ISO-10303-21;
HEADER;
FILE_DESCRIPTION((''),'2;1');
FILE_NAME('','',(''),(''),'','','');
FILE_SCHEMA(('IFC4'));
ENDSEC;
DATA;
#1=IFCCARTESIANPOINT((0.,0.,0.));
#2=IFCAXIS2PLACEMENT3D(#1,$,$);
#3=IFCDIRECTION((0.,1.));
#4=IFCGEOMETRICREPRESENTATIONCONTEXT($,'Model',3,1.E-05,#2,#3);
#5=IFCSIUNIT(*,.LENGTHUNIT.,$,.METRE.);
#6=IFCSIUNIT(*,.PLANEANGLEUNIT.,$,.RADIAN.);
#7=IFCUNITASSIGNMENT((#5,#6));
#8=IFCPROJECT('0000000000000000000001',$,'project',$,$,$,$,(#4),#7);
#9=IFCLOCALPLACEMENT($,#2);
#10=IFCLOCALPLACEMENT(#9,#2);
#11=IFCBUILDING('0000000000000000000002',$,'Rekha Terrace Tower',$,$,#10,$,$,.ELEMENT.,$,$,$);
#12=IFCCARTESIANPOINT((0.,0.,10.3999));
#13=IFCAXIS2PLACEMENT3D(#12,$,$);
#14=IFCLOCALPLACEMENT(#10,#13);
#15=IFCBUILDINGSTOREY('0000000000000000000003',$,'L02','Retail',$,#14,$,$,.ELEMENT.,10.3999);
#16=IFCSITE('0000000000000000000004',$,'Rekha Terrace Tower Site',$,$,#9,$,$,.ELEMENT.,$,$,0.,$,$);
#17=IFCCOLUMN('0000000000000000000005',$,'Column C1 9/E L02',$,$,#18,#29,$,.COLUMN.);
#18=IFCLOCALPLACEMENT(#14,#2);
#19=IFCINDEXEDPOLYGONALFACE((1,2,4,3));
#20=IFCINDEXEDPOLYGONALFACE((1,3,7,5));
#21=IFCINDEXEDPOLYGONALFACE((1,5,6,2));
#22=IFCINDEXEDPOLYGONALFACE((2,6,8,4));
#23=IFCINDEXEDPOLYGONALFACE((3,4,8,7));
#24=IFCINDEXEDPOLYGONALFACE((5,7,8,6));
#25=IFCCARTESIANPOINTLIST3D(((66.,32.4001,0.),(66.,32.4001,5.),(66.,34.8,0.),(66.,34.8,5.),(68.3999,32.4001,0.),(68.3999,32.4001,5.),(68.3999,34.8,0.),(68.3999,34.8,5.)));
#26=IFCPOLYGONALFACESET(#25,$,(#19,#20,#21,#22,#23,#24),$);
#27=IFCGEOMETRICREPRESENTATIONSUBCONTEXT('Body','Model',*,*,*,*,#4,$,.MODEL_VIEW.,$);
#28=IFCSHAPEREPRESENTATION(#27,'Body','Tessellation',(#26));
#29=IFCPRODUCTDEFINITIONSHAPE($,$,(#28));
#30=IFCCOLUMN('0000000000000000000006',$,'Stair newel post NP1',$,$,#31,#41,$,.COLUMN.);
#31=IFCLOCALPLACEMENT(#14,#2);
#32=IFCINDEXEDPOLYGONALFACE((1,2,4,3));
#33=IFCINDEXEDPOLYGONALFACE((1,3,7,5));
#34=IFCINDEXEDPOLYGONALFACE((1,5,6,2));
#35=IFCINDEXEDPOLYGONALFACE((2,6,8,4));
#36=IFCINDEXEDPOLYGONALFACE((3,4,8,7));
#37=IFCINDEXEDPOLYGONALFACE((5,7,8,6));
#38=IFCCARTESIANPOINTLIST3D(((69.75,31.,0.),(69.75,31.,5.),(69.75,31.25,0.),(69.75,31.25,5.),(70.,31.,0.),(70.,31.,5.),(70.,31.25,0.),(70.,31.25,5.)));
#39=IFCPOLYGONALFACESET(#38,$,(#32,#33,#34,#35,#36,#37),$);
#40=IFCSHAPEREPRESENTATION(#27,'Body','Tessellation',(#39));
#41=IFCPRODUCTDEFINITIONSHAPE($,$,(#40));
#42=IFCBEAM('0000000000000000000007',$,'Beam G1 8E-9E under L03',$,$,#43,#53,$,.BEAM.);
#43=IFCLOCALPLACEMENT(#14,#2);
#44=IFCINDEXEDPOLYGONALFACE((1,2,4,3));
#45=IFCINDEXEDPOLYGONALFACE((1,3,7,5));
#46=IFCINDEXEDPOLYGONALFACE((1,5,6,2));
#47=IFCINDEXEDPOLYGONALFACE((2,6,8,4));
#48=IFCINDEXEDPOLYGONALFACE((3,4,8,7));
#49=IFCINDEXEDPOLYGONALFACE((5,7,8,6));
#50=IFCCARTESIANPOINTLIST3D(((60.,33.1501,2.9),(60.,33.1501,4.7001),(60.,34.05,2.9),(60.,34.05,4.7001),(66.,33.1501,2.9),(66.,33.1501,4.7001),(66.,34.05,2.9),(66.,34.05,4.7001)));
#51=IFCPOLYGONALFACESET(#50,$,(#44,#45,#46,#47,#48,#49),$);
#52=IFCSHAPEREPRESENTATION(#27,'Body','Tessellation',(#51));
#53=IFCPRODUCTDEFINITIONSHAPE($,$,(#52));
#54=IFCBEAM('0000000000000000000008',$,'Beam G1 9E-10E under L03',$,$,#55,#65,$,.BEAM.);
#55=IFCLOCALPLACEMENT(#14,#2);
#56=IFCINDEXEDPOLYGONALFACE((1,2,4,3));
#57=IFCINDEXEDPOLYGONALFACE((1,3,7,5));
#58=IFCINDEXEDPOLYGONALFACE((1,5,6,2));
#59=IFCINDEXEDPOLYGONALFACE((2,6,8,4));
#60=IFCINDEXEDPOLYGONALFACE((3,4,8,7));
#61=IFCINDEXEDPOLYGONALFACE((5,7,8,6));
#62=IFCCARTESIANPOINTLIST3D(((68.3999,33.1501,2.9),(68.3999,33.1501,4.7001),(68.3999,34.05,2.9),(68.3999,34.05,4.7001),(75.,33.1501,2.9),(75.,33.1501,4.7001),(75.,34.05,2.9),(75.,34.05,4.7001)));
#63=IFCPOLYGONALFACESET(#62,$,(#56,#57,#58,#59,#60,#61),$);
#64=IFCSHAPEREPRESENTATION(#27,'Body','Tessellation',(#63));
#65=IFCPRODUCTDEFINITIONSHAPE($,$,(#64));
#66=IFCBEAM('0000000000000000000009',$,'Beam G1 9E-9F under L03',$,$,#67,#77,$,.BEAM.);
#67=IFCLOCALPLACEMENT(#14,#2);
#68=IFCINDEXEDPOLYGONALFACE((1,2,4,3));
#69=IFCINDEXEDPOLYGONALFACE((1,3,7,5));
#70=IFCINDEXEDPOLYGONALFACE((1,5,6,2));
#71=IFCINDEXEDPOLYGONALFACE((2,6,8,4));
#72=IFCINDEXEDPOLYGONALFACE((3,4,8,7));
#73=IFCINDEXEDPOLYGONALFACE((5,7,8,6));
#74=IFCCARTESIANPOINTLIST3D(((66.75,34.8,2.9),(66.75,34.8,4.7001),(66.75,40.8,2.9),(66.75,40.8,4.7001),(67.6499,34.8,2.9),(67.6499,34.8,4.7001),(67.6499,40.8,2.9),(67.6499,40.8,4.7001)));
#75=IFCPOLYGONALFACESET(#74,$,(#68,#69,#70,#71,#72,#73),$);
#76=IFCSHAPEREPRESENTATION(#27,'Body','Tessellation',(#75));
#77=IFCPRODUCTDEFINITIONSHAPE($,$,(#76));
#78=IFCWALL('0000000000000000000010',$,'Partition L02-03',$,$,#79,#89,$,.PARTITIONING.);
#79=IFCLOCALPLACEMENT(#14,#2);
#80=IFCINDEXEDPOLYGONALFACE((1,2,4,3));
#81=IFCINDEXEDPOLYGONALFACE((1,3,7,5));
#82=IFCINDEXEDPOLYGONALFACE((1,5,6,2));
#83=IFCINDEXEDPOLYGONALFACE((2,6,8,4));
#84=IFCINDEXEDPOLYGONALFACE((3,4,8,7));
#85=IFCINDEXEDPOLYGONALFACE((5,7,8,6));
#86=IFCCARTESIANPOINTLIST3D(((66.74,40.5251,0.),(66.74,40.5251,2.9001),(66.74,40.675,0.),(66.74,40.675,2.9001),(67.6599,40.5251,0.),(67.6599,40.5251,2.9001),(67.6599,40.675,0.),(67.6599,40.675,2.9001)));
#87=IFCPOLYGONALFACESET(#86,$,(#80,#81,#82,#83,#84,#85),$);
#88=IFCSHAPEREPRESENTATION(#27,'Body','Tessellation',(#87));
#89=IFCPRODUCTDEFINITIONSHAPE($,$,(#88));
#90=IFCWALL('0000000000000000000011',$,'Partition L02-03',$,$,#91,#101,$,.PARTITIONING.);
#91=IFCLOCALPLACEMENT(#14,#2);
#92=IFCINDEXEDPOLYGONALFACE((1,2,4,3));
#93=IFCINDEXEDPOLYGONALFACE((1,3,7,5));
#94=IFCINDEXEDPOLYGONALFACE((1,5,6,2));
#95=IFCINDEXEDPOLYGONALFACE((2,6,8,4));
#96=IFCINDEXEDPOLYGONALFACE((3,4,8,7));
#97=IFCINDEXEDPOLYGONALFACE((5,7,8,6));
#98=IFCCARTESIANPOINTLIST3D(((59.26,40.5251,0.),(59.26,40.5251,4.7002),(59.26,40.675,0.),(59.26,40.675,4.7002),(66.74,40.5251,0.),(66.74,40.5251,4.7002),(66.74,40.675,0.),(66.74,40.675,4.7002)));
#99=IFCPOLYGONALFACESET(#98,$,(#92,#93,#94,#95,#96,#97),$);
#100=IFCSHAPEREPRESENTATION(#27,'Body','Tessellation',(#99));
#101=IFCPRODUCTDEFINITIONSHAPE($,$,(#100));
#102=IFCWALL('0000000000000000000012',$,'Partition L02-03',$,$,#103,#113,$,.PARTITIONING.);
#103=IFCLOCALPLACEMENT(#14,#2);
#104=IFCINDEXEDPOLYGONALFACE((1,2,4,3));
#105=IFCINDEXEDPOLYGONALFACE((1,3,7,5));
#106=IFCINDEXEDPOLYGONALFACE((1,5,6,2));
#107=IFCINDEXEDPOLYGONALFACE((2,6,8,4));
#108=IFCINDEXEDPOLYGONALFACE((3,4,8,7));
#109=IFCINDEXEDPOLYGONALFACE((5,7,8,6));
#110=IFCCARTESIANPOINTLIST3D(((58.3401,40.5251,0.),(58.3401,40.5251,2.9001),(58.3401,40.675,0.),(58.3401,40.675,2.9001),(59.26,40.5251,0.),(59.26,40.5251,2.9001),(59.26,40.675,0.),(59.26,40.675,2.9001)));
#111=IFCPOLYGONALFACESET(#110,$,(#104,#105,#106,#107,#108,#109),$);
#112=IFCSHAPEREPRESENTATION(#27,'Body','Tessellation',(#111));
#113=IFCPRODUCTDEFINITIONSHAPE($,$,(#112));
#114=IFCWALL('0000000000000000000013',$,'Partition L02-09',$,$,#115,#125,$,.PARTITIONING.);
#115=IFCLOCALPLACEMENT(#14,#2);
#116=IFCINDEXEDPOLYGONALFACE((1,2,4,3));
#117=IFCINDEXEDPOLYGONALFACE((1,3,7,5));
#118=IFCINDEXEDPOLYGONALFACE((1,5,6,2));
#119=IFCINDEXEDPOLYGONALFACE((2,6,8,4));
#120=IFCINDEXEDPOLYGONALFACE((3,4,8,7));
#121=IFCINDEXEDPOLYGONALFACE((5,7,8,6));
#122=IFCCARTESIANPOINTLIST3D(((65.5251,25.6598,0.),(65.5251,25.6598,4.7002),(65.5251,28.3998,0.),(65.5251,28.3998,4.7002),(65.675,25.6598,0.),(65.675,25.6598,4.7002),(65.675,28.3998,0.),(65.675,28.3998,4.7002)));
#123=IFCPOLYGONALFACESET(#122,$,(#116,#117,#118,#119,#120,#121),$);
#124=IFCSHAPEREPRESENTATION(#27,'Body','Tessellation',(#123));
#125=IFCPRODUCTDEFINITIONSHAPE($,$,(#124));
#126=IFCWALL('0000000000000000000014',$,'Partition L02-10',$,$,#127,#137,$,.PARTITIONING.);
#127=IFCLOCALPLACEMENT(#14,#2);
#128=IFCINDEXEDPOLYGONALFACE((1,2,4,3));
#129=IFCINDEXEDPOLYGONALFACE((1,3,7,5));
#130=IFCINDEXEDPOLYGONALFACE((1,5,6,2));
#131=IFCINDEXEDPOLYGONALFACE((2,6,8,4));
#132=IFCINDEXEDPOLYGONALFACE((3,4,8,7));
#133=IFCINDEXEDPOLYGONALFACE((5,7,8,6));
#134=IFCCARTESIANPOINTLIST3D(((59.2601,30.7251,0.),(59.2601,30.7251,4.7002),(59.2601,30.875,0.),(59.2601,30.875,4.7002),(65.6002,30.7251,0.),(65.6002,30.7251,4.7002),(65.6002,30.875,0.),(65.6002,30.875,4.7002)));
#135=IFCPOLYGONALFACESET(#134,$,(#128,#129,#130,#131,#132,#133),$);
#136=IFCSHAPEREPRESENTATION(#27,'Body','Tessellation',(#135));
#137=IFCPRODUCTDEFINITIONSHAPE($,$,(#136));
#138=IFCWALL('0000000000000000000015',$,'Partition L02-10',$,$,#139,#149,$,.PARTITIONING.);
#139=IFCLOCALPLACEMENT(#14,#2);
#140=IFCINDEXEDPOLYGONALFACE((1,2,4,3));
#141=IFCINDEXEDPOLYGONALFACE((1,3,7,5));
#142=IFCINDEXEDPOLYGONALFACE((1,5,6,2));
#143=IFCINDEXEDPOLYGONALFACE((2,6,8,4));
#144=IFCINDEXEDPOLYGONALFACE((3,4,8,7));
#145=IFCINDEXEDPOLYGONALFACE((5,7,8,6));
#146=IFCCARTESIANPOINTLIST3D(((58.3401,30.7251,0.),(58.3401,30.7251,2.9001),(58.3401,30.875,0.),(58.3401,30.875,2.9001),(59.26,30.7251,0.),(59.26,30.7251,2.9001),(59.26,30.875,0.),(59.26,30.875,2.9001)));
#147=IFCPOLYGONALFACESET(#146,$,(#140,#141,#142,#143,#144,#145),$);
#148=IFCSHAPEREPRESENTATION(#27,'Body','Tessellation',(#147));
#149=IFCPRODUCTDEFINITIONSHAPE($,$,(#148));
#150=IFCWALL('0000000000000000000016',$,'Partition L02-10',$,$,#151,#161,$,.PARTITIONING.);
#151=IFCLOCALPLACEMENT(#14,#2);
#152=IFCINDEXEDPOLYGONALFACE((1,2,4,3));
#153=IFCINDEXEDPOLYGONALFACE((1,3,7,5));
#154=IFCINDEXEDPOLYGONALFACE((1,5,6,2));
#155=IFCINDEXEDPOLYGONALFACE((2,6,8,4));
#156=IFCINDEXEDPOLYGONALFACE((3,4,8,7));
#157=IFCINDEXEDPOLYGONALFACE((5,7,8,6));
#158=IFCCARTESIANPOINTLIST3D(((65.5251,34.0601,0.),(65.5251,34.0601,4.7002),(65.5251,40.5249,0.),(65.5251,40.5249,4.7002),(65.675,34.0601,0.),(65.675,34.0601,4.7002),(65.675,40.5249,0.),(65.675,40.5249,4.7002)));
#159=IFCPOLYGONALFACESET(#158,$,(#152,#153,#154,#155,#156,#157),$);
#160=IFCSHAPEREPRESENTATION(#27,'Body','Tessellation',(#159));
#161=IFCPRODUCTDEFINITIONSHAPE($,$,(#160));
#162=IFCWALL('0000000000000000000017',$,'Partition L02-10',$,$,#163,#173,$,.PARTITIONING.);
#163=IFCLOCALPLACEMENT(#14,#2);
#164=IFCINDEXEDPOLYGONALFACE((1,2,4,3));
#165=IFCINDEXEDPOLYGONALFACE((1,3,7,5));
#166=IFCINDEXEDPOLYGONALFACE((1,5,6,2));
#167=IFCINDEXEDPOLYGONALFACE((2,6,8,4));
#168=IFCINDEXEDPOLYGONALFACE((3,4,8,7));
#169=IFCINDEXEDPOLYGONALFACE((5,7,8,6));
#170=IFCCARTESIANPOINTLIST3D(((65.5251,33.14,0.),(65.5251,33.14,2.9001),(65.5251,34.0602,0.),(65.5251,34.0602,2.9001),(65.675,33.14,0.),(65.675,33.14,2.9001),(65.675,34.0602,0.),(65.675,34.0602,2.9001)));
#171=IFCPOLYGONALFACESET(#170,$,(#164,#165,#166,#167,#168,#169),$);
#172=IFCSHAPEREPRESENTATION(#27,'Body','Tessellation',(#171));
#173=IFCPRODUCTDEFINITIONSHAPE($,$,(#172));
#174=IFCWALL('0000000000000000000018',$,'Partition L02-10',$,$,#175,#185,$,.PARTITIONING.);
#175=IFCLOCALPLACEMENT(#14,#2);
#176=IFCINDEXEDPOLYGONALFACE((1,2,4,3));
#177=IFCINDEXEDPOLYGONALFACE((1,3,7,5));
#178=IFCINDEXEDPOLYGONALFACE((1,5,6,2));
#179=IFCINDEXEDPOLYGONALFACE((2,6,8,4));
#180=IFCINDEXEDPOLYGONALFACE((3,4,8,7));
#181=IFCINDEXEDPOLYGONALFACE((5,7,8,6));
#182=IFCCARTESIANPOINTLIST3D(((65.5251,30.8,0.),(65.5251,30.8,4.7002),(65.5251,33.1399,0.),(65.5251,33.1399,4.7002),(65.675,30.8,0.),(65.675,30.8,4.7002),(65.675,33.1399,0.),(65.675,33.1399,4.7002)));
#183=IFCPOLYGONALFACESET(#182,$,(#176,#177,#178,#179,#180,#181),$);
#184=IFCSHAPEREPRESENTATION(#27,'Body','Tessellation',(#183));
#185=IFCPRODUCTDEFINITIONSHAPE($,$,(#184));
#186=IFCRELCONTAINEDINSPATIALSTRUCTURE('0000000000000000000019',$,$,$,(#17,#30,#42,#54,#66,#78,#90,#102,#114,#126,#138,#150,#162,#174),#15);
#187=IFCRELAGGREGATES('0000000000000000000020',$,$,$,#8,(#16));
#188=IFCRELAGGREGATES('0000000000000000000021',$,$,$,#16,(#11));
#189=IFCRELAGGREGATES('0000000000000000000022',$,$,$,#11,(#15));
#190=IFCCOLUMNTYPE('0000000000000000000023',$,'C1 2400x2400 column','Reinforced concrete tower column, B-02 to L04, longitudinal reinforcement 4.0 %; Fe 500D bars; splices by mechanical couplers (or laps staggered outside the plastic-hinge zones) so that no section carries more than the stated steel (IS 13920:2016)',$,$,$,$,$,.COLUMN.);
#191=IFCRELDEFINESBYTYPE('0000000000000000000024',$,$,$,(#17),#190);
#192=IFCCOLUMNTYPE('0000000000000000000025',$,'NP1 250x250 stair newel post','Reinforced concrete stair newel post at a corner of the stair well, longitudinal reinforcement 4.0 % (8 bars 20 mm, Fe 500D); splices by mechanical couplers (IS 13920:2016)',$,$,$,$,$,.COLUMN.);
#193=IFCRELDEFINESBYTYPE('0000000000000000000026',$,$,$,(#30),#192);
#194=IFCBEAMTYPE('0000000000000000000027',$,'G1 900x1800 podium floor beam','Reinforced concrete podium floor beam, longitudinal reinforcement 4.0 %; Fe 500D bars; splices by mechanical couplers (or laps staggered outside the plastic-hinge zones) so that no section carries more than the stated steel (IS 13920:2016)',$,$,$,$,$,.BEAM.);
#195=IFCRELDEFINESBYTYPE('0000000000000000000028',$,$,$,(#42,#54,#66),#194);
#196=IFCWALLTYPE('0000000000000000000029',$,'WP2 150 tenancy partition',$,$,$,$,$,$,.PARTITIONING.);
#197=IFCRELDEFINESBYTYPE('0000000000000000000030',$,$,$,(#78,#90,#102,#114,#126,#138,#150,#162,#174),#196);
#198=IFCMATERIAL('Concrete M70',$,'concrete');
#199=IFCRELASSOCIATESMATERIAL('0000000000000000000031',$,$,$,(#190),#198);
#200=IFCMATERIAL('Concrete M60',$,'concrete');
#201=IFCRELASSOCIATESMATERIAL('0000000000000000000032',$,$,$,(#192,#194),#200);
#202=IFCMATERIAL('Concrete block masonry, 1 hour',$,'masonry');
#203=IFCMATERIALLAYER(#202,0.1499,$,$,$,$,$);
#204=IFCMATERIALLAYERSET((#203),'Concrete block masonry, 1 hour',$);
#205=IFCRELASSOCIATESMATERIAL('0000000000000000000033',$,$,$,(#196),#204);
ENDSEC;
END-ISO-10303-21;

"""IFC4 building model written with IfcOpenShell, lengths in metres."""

from ifc_helpers import new_model, si_unit, direction, frame, frame_2d, origin, origin_2d, place, context, subcontext, project, spatial, rectangle, extrude, material, layer, layer_set, material_profile, profile_set, type_object, element, save


model = new_model("IFC4")

# Units and contexts
model_context = context("Model", 3, precision=1e-05, world=origin(), true_north=direction((0.0, 1.0)))
body_context = subcontext(model_context, "Body", "Model", "MODEL_VIEW")
ifc_project = project(units=[si_unit("LENGTHUNIT", "METRE"), si_unit("PLANEANGLEUNIT", "RADIAN")], contexts=[model_context])

# Site, building, storey
site_placement = place(None, origin())
site = spatial("IfcSite", under=ifc_project, at=site_placement, Name="Rekha Terrace Tower Site", CompositionType="ELEMENT", RefElevation=0.0)
building_placement = place(site_placement, origin())
building = spatial("IfcBuilding", under=site, at=building_placement, Name="Rekha Terrace Tower", CompositionType="ELEMENT")
storey_placement = place(building_placement, frame((0.0, 0.0, 10.3999)))
storey = spatial("IfcBuildingStorey", under=building, at=storey_placement, Name="L02", Description="Retail", CompositionType="ELEMENT", Elevation=10.3999)

# Columns
ifc_material_1 = material(Name="Concrete M70", Category="concrete")
ifc_material_profile_1 = material_profile(ifc_material_1, rectangle(XDim=2.3999, YDim=2.3999, at=origin_2d()), Name="RC 2400x2400")
ifc_profile_set_1 = profile_set([ifc_material_profile_1], Name="Concrete M70")
column_type_1 = type_object("IfcColumnType", Name="C1 2400x2400 column", Description="Reinforced concrete tower column, B-02 to L04, longitudinal reinforcement 4.0 %; Fe 500D bars; splices by mechanical couplers (or laps staggered outside the plastic-hinge zones) so that no section carries more than the stated steel (IS 13920:2016)", PredefinedType="COLUMN", material=ifc_profile_set_1)
column_1_placement = place(storey_placement, frame((67.2, 33.6001, 0.0), z_axis=(0.0, 0.0, 1.0), x_axis=(1.0, 0.0, 0.0)))
element("IfcColumn", 1, at=column_1_placement, inside=storey, type_object=column_type_1, Name="Column C1 9/E L02", PredefinedType="COLUMN", context=body_context, shape_type="SweptSolid", body=[
    extrude(rectangle(XDim=2.3999, YDim=2.3999, at=origin_2d()), origin(), (0.0, 0.0, 1.0), 5.0),
])
ifc_material_2 = material(Name="Concrete M60", Category="concrete")
ifc_material_profile_2 = material_profile(ifc_material_2, rectangle(XDim=0.25, YDim=0.25, at=origin_2d()), Name="RC 250x250")
ifc_profile_set_2 = profile_set([ifc_material_profile_2], Name="Concrete M60")
column_type_2 = type_object("IfcColumnType", Name="NP1 250x250 stair newel post", Description="Reinforced concrete stair newel post at a corner of the stair well, longitudinal reinforcement 4.0 % (8 bars 20 mm, Fe 500D); splices by mechanical couplers (IS 13920:2016)", PredefinedType="COLUMN", material=ifc_profile_set_2)
column_2_placement = place(storey_placement, frame((69.875, 31.125, 0.0), z_axis=(0.0, 0.0, 1.0), x_axis=(1.0, 0.0, 0.0)))
element("IfcColumn", 2, at=column_2_placement, inside=storey, type_object=column_type_2, Name="Stair newel post NP1", PredefinedType="COLUMN", context=body_context, shape_type="SweptSolid", body=[
    extrude(rectangle(XDim=0.25, YDim=0.25, at=origin_2d()), origin(), (0.0, 0.0, 1.0), 5.0),
])

# Beams
ifc_material_profile_3 = material_profile(ifc_material_2, rectangle(XDim=0.8999, YDim=1.8, at=origin_2d()), Name="RC 900x1800")
ifc_profile_set_3 = profile_set([ifc_material_profile_3], Name="Concrete M60")
beam_type = type_object("IfcBeamType", Name="G1 900x1800 podium floor beam", Description="Reinforced concrete podium floor beam, longitudinal reinforcement 4.0 %; Fe 500D bars; splices by mechanical couplers (or laps staggered outside the plastic-hinge zones) so that no section carries more than the stated steel (IS 13920:2016)", PredefinedType="BEAM", material=ifc_profile_set_3)
beam_1_placement = place(storey_placement, frame((60.0, 33.6001, 3.8), z_axis=(1.0, 0.0, 0.0), x_axis=(0.0, 1.0, 0.0)))
element("IfcBeam", 3, at=beam_1_placement, inside=storey, type_object=beam_type, Name="Beam G1 8E-9E under L03", PredefinedType="BEAM", context=body_context, shape_type="SweptSolid", body=[
    extrude(rectangle(XDim=0.8999, YDim=1.8, at=origin_2d()), origin(), (0.0, 0.0, 1.0), 6.0),
])
beam_2_placement = place(storey_placement, frame((68.3999, 33.6001, 3.8), z_axis=(1.0, 0.0, 0.0), x_axis=(0.0, 1.0, 0.0)))
element("IfcBeam", 4, at=beam_2_placement, inside=storey, type_object=beam_type, Name="Beam G1 9E-10E under L03", PredefinedType="BEAM", context=body_context, shape_type="SweptSolid", body=[
    extrude(rectangle(XDim=0.8999, YDim=1.8, at=origin_2d()), origin(), (0.0, 0.0, 1.0), 6.6001),
])
beam_3_placement = place(storey_placement, frame((67.2, 34.8, 3.8), z_axis=(0.0, 1.0, 0.0), x_axis=(-1.0, 0.0, 0.0)))
element("IfcBeam", 5, at=beam_3_placement, inside=storey, type_object=beam_type, Name="Beam G1 9E-9F under L03", PredefinedType="BEAM", context=body_context, shape_type="SweptSolid", body=[
    extrude(rectangle(XDim=0.8999, YDim=1.8, at=origin_2d()), origin(), (0.0, 0.0, 1.0), 6.0),
])

# Walls
ifc_material_3 = material(Name="Concrete block masonry, 1 hour", Category="masonry")
ifc_layer_1 = layer(ifc_material_3, 0.1499)
ifc_layer_set_1 = layer_set([ifc_layer_1], Name="Concrete block masonry, 1 hour")
wall_type_1 = type_object("IfcWallType", Name="WP2 150 tenancy partition", PredefinedType="PARTITIONING", material=ifc_layer_set_1)
wall_1_placement = place(storey_placement, frame((67.6599, 40.6001, 0.0), z_axis=(0.0, 0.0, 1.0), x_axis=(-1.0, 0.0, 0.0)))
element("IfcWall", 6, at=wall_1_placement, inside=storey, type_object=wall_type_1, Name="Partition L02-03", PredefinedType="PARTITIONING", context=body_context, shape_type="SweptSolid", body=[
    extrude(rectangle(XDim=0.9199, YDim=0.1499, at=frame_2d((0.46, 0.0))), origin(), (0.0, 0.0, 1.0), 2.9001),
])
wall_2_placement = place(storey_placement, frame((66.74, 40.6001, 0.0), z_axis=(0.0, 0.0, 1.0), x_axis=(-1.0, 0.0, 0.0)))
element("IfcWall", 7, at=wall_2_placement, inside=storey, type_object=wall_type_1, Name="Partition L02-03", PredefinedType="PARTITIONING", context=body_context, shape_type="SweptSolid", body=[
    extrude(rectangle(XDim=7.48, YDim=0.1499, at=frame_2d((3.74, 0.0))), origin(), (0.0, 0.0, 1.0), 4.7002),
])
wall_3_placement = place(storey_placement, frame((59.26, 40.6001, 0.0), z_axis=(0.0, 0.0, 1.0), x_axis=(-1.0, 0.0, 0.0)))
element("IfcWall", 8, at=wall_3_placement, inside=storey, type_object=wall_type_1, Name="Partition L02-03", PredefinedType="PARTITIONING", context=body_context, shape_type="SweptSolid", body=[
    extrude(rectangle(XDim=0.9199, YDim=0.1499, at=frame_2d((0.46, 0.0))), origin(), (0.0, 0.0, 1.0), 2.9001),
])

# Walls
wall_4_placement = place(storey_placement, frame((65.6001, 28.3999, 0.0), z_axis=(0.0, 0.0, 1.0), x_axis=(0.0, -1.0, 0.0)))
element("IfcWall", 9, at=wall_4_placement, inside=storey, type_object=wall_type_1, Name="Partition L02-09", PredefinedType="PARTITIONING", context=body_context, shape_type="SweptSolid", body=[
    extrude(rectangle(XDim=2.74, YDim=0.1499, at=frame_2d((1.3701, 0.0))), origin(), (0.0, 0.0, 1.0), 4.7002),
])
wall_5_placement = place(storey_placement, frame((65.6001, 30.8, 0.0), z_axis=(0.0, 0.0, 1.0), x_axis=(-1.0, 0.0, 0.0)))
element("IfcWall", 10, at=wall_5_placement, inside=storey, type_object=wall_type_1, Name="Partition L02-10", PredefinedType="PARTITIONING", context=body_context, shape_type="SweptSolid", body=[
    extrude(rectangle(XDim=6.3401, YDim=0.1499, at=frame_2d((3.1699, 0.0))), origin(), (0.0, 0.0, 1.0), 4.7002),
])
wall_6_placement = place(storey_placement, frame((59.26, 30.8, 0.0), z_axis=(0.0, 0.0, 1.0), x_axis=(-1.0, 0.0, 0.0)))
element("IfcWall", 11, at=wall_6_placement, inside=storey, type_object=wall_type_1, Name="Partition L02-10", PredefinedType="PARTITIONING", context=body_context, shape_type="SweptSolid", body=[
    extrude(rectangle(XDim=0.9199, YDim=0.1499, at=frame_2d((0.46, 0.0))), origin(), (0.0, 0.0, 1.0), 2.9001),
])
wall_7_placement = place(storey_placement, frame((65.6001, 40.5249, 0.0), z_axis=(0.0, 0.0, 1.0), x_axis=(0.0, -1.0, 0.0)))
element("IfcWall", 12, at=wall_7_placement, inside=storey, type_object=wall_type_1, Name="Partition L02-10", PredefinedType="PARTITIONING", context=body_context, shape_type="SweptSolid", body=[
    extrude(rectangle(XDim=6.4648, YDim=0.1499, at=frame_2d((3.2324, 0.0))), origin(), (0.0, 0.0, 1.0), 4.7002),
])
wall_8_placement = place(storey_placement, frame((65.6001, 34.0601, 0.0), z_axis=(0.0, 0.0, 1.0), x_axis=(0.0, -1.0, 0.0)))
element("IfcWall", 13, at=wall_8_placement, inside=storey, type_object=wall_type_1, Name="Partition L02-10", PredefinedType="PARTITIONING", context=body_context, shape_type="SweptSolid", body=[
    extrude(rectangle(XDim=0.9202, YDim=0.1499, at=frame_2d((0.46, 0.0))), origin(), (0.0, 0.0, 1.0), 2.9001),
])
wall_9_placement = place(storey_placement, frame((65.6001, 33.1399, 0.0), z_axis=(0.0, 0.0, 1.0), x_axis=(0.0, -1.0, 0.0)))
element("IfcWall", 14, at=wall_9_placement, inside=storey, type_object=wall_type_1, Name="Partition L02-10", PredefinedType="PARTITIONING", context=body_context, shape_type="SweptSolid", body=[
    extrude(rectangle(XDim=2.3398, YDim=0.1499, at=frame_2d((1.1699, 0.0))), origin(), (0.0, 0.0, 1.0), 4.7002),
])

save(model, "model.ifc")
